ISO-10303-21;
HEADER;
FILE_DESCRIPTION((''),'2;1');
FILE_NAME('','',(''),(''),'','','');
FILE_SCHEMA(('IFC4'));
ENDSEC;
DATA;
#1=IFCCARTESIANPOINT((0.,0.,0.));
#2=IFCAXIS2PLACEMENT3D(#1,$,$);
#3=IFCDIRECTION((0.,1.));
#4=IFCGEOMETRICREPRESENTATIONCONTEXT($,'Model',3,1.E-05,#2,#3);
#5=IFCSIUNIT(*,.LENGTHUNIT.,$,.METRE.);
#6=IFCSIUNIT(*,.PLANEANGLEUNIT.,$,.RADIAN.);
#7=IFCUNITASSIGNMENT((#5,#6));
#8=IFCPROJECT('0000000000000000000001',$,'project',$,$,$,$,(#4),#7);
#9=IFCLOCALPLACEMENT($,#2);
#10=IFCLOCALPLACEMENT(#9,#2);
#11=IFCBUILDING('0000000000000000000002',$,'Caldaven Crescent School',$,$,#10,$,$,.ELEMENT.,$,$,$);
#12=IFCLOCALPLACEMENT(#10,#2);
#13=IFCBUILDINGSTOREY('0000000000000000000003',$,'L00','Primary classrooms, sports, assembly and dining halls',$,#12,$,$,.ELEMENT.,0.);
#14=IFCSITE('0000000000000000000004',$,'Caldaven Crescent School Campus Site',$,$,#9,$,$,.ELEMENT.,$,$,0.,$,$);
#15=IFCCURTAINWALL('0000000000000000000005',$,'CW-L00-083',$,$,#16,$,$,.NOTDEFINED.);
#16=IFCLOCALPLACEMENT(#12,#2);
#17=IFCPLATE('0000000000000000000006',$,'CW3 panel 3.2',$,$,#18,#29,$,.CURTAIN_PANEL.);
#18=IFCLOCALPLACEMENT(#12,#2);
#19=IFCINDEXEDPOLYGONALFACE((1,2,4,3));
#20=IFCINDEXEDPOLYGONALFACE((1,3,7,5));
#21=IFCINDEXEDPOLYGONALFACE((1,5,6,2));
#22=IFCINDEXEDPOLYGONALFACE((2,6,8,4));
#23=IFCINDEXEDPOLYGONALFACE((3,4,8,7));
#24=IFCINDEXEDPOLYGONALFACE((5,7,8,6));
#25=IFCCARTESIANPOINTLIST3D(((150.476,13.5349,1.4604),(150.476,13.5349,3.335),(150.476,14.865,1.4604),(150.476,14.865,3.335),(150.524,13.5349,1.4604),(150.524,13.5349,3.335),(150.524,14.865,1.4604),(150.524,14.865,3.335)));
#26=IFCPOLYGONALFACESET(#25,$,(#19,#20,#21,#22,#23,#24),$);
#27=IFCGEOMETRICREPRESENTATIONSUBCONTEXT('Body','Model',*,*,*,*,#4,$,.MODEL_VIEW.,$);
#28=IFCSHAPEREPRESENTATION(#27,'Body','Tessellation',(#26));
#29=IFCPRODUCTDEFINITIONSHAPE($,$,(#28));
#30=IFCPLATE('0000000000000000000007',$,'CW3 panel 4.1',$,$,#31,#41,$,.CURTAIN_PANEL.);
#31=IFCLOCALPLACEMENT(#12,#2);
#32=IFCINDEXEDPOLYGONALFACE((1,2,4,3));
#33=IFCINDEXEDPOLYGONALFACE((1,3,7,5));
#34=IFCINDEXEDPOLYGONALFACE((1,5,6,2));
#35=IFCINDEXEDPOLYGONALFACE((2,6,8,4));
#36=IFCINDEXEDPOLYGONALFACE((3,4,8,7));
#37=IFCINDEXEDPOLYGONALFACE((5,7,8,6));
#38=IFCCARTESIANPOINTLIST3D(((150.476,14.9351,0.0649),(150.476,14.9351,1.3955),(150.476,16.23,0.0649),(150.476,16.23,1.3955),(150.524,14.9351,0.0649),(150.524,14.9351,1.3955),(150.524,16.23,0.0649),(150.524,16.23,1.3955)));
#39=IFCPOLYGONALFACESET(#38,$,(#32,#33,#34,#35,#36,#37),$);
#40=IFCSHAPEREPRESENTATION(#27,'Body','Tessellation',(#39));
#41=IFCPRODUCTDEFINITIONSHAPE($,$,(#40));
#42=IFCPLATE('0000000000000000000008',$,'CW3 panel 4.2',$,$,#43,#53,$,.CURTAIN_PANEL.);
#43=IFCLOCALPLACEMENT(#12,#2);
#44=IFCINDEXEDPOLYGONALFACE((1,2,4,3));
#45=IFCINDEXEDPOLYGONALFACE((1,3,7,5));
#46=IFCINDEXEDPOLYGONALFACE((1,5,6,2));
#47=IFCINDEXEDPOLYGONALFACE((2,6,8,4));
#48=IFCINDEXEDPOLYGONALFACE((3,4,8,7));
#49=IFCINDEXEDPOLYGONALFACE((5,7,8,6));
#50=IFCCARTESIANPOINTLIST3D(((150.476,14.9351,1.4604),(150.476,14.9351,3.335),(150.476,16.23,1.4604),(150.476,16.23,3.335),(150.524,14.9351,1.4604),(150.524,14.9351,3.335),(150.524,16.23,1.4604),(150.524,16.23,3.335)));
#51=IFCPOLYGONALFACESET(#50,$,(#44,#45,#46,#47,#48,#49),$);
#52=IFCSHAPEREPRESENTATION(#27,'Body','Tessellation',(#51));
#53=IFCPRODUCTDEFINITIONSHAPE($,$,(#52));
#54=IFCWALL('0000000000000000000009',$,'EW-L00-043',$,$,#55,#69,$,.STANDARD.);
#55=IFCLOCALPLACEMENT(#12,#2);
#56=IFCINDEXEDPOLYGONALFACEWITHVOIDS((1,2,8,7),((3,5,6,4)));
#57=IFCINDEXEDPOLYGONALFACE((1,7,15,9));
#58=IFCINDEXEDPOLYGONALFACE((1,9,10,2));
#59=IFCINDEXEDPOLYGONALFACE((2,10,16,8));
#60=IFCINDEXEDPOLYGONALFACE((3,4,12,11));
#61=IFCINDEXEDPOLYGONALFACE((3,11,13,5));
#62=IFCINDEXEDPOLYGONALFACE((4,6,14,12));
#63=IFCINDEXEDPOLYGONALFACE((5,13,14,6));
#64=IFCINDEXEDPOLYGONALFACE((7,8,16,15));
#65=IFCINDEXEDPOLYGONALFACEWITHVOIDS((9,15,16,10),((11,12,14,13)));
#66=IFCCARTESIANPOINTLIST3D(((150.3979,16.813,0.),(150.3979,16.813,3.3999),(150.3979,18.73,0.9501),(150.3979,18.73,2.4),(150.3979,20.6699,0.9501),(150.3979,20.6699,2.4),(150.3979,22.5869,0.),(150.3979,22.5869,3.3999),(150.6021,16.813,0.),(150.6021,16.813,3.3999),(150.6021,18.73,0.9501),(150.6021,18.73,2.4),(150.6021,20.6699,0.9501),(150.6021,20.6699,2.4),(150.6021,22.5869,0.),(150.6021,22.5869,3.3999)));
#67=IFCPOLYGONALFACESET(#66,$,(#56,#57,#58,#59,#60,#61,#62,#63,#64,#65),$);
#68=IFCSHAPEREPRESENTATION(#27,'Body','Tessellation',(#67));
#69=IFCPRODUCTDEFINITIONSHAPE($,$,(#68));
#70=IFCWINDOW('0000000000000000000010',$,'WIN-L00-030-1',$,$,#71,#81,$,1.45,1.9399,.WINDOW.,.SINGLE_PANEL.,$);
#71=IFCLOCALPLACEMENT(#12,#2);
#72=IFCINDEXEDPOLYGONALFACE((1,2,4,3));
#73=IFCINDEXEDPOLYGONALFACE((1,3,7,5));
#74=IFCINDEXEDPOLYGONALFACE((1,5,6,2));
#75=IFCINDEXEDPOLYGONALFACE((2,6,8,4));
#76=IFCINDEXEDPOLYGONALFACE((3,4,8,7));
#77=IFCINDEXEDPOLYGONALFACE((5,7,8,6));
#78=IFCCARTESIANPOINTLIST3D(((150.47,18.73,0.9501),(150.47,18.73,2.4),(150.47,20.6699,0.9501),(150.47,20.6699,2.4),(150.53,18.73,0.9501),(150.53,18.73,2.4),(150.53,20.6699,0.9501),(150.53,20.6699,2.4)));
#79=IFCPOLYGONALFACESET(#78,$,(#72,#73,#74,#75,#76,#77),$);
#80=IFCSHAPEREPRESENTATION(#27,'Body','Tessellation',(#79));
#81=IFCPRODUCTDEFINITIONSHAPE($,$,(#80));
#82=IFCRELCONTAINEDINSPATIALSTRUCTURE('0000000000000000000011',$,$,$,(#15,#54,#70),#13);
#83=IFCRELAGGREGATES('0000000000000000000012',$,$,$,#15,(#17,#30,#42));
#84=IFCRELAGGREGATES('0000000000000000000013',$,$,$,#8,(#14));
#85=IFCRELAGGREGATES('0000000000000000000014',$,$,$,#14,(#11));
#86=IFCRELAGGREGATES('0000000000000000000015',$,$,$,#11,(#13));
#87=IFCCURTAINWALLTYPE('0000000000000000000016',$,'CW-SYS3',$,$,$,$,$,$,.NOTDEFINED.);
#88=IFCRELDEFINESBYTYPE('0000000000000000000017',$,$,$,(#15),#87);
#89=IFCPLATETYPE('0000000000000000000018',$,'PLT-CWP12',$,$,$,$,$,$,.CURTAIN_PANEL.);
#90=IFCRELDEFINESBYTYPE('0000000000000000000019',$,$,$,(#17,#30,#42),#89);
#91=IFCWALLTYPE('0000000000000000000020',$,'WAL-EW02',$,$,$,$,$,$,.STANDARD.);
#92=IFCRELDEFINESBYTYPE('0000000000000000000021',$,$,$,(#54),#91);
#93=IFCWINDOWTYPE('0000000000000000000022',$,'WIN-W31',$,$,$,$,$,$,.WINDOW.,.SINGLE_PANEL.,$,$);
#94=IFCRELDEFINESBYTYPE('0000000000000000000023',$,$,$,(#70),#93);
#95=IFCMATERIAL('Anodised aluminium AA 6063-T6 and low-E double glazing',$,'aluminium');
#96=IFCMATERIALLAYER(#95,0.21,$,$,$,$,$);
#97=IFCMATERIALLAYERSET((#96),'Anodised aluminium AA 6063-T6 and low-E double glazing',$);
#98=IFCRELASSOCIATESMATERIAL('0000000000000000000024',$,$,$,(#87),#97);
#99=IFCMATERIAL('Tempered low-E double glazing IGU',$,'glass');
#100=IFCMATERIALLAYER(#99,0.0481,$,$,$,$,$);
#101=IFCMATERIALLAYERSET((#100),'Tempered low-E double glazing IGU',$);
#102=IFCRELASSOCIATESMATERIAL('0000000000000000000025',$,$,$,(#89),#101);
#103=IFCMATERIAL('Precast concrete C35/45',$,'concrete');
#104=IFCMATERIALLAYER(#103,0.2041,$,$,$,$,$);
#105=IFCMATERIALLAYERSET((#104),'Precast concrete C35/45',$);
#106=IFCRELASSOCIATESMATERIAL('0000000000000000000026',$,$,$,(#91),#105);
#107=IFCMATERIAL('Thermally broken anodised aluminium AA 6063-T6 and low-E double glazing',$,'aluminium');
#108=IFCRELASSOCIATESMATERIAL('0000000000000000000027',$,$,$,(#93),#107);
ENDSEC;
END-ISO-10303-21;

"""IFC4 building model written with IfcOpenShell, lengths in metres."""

from ifc_helpers import new_model, si_unit, direction, frame, frame_2d, origin, origin_2d, place, context, subcontext, project, spatial, rectangle, extrude, material, layer, layer_set, type_object, element, fill, aggregate, save


model = new_model("IFC4")

# Units and contexts
model_context = context("Model", 3, precision=1e-05, world=origin(), true_north=direction((0.0, 1.0)))
body_context = subcontext(model_context, "Body", "Model", "MODEL_VIEW")
ifc_project = project(units=[si_unit("LENGTHUNIT", "METRE"), si_unit("PLANEANGLEUNIT", "RADIAN")], contexts=[model_context])

# Site, building, storey
site_placement = place(None, origin())
site = spatial("IfcSite", under=ifc_project, at=site_placement, Name="Caldaven Crescent School Campus Site", CompositionType="ELEMENT", RefElevation=0.0)
building_placement = place(site_placement, origin())
building = spatial("IfcBuilding", under=site, at=building_placement, Name="Caldaven Crescent School", CompositionType="ELEMENT")
storey_placement = place(building_placement, origin())
storey = spatial("IfcBuildingStorey", under=building, at=storey_placement, Name="L00", Description="Primary classrooms, sports, assembly and dining halls", CompositionType="ELEMENT", Elevation=0.0)

# Curtain wall, plates
ifc_material_1 = material(Name="Anodised aluminium AA 6063-T6 and low-E double glazing", Category="aluminium")
ifc_layer_1 = layer(ifc_material_1, 0.21)
ifc_layer_set_1 = layer_set([ifc_layer_1], Name="Anodised aluminium AA 6063-T6 and low-E double glazing")
curtain_wall_type = type_object("IfcCurtainWallType", Name="CW-SYS3", PredefinedType="NOTDEFINED", material=ifc_layer_set_1)
curtain_wall_placement = place(storey_placement, origin())
curtain_wall = element("IfcCurtainWall", 1, at=curtain_wall_placement, inside=storey, type_object=curtain_wall_type, Name="CW-L00-083", PredefinedType="NOTDEFINED")
ifc_material_2 = material(Name="Tempered low-E double glazing IGU", Category="glass")
ifc_layer_2 = layer(ifc_material_2, 0.0481)
ifc_layer_set_2 = layer_set([ifc_layer_2], Name="Tempered low-E double glazing IGU")
plate_type = type_object("IfcPlateType", Name="PLT-CWP12", PredefinedType="CURTAIN_PANEL", material=ifc_layer_set_2)
plate_1_placement = place(storey_placement, frame((150.5, 14.2, 1.4604), z_axis=(0.0, 0.0, 1.0), x_axis=(0.0, 1.0, 0.0)))
plate_1 = element("IfcPlate", 2, at=plate_1_placement, type_object=plate_type, Name="CW3 panel 3.2", PredefinedType="CURTAIN_PANEL", context=body_context, shape_type="SweptSolid", body=[
    extrude(rectangle(XDim=1.3301, YDim=0.0481, at=origin_2d()), origin(), (0.0, 0.0, 1.0), 1.8745),
])
plate_2_placement = place(storey_placement, frame((150.5, 15.5825, 0.0649), z_axis=(0.0, 0.0, 1.0), x_axis=(0.0, 1.0, 0.0)))
plate_2 = element("IfcPlate", 3, at=plate_2_placement, type_object=plate_type, Name="CW3 panel 4.1", PredefinedType="CURTAIN_PANEL", context=body_context, shape_type="SweptSolid", body=[
    extrude(rectangle(XDim=1.2949, YDim=0.0481, at=origin_2d()), origin(), (0.0, 0.0, 1.0), 1.3306),
])
plate_3_placement = place(storey_placement, frame((150.5, 15.5825, 1.4604), z_axis=(0.0, 0.0, 1.0), x_axis=(0.0, 1.0, 0.0)))
plate_3 = element("IfcPlate", 4, at=plate_3_placement, type_object=plate_type, Name="CW3 panel 4.2", PredefinedType="CURTAIN_PANEL", context=body_context, shape_type="SweptSolid", body=[
    extrude(rectangle(XDim=1.2949, YDim=0.0481, at=origin_2d()), origin(), (0.0, 0.0, 1.0), 1.8745),
])
aggregate(curtain_wall, [plate_1, plate_2, plate_3])

# Wall, opening, window
ifc_material_3 = material(Name="Precast concrete C35/45", Category="concrete")
ifc_layer_3 = layer(ifc_material_3, 0.2041)
ifc_layer_set_3 = layer_set([ifc_layer_3], Name="Precast concrete C35/45")
wall_type = type_object("IfcWallType", Name="WAL-EW02", PredefinedType="STANDARD", material=ifc_layer_set_3)
wall_placement = place(storey_placement, frame((150.5, 16.813, 0.0), z_axis=(0.0, 0.0, 1.0), x_axis=(0.0, 1.0, 0.0)))
wall = element("IfcWall", 5, at=wall_placement, inside=storey, type_object=wall_type, Name="EW-L00-043", PredefinedType="STANDARD", context=body_context, shape_type="SweptSolid", body=[
    extrude(rectangle(XDim=5.7739, YDim=0.2041, at=frame_2d((2.887, 0.0))), origin(), (0.0, 0.0, 1.0), 3.3999),
])
opening_placement = place(wall_placement, frame((1.917, 0.0, 0.95)))
opening = element("IfcOpeningElement", 6, at=opening_placement, cuts=wall, PredefinedType="OPENING", context=body_context, shape_type="SweptSolid", body=[
    extrude(rectangle(XDim=1.9399, YDim=1.45, at=frame_2d((0.97, 0.7251))), frame((0.0, 0.1121, 0.0), z_axis=(0.0, -1.0, 0.0), x_axis=(1.0, 0.0, 0.0)), (0.0, 0.0, 1.0), 0.2241),
])
ifc_material_4 = material(Name="Thermally broken anodised aluminium AA 6063-T6 and low-E double glazing", Category="aluminium")
window_type = type_object("IfcWindowType", Name="WIN-W31", PartitioningType="SINGLE_PANEL", PredefinedType="WINDOW", material=ifc_material_4)
window_placement = place(opening_placement, origin())
window = element("IfcWindow", 7, at=window_placement, inside=storey, type_object=window_type, Name="WIN-L00-030-1", OverallHeight=1.45, OverallWidth=1.9399, PartitioningType="SINGLE_PANEL", PredefinedType="WINDOW", context=body_context, shape_type="SweptSolid", body=[
    extrude(rectangle(XDim=1.9399, YDim=1.45, at=frame_2d((0.97, 0.7251))), frame((0.0, 0.03, 0.0), z_axis=(0.0, -1.0, 0.0), x_axis=(1.0, 0.0, 0.0)), (0.0, 0.0, 1.0), 0.0601),
])
fill(opening, window)

save(model, "model.ifc")
